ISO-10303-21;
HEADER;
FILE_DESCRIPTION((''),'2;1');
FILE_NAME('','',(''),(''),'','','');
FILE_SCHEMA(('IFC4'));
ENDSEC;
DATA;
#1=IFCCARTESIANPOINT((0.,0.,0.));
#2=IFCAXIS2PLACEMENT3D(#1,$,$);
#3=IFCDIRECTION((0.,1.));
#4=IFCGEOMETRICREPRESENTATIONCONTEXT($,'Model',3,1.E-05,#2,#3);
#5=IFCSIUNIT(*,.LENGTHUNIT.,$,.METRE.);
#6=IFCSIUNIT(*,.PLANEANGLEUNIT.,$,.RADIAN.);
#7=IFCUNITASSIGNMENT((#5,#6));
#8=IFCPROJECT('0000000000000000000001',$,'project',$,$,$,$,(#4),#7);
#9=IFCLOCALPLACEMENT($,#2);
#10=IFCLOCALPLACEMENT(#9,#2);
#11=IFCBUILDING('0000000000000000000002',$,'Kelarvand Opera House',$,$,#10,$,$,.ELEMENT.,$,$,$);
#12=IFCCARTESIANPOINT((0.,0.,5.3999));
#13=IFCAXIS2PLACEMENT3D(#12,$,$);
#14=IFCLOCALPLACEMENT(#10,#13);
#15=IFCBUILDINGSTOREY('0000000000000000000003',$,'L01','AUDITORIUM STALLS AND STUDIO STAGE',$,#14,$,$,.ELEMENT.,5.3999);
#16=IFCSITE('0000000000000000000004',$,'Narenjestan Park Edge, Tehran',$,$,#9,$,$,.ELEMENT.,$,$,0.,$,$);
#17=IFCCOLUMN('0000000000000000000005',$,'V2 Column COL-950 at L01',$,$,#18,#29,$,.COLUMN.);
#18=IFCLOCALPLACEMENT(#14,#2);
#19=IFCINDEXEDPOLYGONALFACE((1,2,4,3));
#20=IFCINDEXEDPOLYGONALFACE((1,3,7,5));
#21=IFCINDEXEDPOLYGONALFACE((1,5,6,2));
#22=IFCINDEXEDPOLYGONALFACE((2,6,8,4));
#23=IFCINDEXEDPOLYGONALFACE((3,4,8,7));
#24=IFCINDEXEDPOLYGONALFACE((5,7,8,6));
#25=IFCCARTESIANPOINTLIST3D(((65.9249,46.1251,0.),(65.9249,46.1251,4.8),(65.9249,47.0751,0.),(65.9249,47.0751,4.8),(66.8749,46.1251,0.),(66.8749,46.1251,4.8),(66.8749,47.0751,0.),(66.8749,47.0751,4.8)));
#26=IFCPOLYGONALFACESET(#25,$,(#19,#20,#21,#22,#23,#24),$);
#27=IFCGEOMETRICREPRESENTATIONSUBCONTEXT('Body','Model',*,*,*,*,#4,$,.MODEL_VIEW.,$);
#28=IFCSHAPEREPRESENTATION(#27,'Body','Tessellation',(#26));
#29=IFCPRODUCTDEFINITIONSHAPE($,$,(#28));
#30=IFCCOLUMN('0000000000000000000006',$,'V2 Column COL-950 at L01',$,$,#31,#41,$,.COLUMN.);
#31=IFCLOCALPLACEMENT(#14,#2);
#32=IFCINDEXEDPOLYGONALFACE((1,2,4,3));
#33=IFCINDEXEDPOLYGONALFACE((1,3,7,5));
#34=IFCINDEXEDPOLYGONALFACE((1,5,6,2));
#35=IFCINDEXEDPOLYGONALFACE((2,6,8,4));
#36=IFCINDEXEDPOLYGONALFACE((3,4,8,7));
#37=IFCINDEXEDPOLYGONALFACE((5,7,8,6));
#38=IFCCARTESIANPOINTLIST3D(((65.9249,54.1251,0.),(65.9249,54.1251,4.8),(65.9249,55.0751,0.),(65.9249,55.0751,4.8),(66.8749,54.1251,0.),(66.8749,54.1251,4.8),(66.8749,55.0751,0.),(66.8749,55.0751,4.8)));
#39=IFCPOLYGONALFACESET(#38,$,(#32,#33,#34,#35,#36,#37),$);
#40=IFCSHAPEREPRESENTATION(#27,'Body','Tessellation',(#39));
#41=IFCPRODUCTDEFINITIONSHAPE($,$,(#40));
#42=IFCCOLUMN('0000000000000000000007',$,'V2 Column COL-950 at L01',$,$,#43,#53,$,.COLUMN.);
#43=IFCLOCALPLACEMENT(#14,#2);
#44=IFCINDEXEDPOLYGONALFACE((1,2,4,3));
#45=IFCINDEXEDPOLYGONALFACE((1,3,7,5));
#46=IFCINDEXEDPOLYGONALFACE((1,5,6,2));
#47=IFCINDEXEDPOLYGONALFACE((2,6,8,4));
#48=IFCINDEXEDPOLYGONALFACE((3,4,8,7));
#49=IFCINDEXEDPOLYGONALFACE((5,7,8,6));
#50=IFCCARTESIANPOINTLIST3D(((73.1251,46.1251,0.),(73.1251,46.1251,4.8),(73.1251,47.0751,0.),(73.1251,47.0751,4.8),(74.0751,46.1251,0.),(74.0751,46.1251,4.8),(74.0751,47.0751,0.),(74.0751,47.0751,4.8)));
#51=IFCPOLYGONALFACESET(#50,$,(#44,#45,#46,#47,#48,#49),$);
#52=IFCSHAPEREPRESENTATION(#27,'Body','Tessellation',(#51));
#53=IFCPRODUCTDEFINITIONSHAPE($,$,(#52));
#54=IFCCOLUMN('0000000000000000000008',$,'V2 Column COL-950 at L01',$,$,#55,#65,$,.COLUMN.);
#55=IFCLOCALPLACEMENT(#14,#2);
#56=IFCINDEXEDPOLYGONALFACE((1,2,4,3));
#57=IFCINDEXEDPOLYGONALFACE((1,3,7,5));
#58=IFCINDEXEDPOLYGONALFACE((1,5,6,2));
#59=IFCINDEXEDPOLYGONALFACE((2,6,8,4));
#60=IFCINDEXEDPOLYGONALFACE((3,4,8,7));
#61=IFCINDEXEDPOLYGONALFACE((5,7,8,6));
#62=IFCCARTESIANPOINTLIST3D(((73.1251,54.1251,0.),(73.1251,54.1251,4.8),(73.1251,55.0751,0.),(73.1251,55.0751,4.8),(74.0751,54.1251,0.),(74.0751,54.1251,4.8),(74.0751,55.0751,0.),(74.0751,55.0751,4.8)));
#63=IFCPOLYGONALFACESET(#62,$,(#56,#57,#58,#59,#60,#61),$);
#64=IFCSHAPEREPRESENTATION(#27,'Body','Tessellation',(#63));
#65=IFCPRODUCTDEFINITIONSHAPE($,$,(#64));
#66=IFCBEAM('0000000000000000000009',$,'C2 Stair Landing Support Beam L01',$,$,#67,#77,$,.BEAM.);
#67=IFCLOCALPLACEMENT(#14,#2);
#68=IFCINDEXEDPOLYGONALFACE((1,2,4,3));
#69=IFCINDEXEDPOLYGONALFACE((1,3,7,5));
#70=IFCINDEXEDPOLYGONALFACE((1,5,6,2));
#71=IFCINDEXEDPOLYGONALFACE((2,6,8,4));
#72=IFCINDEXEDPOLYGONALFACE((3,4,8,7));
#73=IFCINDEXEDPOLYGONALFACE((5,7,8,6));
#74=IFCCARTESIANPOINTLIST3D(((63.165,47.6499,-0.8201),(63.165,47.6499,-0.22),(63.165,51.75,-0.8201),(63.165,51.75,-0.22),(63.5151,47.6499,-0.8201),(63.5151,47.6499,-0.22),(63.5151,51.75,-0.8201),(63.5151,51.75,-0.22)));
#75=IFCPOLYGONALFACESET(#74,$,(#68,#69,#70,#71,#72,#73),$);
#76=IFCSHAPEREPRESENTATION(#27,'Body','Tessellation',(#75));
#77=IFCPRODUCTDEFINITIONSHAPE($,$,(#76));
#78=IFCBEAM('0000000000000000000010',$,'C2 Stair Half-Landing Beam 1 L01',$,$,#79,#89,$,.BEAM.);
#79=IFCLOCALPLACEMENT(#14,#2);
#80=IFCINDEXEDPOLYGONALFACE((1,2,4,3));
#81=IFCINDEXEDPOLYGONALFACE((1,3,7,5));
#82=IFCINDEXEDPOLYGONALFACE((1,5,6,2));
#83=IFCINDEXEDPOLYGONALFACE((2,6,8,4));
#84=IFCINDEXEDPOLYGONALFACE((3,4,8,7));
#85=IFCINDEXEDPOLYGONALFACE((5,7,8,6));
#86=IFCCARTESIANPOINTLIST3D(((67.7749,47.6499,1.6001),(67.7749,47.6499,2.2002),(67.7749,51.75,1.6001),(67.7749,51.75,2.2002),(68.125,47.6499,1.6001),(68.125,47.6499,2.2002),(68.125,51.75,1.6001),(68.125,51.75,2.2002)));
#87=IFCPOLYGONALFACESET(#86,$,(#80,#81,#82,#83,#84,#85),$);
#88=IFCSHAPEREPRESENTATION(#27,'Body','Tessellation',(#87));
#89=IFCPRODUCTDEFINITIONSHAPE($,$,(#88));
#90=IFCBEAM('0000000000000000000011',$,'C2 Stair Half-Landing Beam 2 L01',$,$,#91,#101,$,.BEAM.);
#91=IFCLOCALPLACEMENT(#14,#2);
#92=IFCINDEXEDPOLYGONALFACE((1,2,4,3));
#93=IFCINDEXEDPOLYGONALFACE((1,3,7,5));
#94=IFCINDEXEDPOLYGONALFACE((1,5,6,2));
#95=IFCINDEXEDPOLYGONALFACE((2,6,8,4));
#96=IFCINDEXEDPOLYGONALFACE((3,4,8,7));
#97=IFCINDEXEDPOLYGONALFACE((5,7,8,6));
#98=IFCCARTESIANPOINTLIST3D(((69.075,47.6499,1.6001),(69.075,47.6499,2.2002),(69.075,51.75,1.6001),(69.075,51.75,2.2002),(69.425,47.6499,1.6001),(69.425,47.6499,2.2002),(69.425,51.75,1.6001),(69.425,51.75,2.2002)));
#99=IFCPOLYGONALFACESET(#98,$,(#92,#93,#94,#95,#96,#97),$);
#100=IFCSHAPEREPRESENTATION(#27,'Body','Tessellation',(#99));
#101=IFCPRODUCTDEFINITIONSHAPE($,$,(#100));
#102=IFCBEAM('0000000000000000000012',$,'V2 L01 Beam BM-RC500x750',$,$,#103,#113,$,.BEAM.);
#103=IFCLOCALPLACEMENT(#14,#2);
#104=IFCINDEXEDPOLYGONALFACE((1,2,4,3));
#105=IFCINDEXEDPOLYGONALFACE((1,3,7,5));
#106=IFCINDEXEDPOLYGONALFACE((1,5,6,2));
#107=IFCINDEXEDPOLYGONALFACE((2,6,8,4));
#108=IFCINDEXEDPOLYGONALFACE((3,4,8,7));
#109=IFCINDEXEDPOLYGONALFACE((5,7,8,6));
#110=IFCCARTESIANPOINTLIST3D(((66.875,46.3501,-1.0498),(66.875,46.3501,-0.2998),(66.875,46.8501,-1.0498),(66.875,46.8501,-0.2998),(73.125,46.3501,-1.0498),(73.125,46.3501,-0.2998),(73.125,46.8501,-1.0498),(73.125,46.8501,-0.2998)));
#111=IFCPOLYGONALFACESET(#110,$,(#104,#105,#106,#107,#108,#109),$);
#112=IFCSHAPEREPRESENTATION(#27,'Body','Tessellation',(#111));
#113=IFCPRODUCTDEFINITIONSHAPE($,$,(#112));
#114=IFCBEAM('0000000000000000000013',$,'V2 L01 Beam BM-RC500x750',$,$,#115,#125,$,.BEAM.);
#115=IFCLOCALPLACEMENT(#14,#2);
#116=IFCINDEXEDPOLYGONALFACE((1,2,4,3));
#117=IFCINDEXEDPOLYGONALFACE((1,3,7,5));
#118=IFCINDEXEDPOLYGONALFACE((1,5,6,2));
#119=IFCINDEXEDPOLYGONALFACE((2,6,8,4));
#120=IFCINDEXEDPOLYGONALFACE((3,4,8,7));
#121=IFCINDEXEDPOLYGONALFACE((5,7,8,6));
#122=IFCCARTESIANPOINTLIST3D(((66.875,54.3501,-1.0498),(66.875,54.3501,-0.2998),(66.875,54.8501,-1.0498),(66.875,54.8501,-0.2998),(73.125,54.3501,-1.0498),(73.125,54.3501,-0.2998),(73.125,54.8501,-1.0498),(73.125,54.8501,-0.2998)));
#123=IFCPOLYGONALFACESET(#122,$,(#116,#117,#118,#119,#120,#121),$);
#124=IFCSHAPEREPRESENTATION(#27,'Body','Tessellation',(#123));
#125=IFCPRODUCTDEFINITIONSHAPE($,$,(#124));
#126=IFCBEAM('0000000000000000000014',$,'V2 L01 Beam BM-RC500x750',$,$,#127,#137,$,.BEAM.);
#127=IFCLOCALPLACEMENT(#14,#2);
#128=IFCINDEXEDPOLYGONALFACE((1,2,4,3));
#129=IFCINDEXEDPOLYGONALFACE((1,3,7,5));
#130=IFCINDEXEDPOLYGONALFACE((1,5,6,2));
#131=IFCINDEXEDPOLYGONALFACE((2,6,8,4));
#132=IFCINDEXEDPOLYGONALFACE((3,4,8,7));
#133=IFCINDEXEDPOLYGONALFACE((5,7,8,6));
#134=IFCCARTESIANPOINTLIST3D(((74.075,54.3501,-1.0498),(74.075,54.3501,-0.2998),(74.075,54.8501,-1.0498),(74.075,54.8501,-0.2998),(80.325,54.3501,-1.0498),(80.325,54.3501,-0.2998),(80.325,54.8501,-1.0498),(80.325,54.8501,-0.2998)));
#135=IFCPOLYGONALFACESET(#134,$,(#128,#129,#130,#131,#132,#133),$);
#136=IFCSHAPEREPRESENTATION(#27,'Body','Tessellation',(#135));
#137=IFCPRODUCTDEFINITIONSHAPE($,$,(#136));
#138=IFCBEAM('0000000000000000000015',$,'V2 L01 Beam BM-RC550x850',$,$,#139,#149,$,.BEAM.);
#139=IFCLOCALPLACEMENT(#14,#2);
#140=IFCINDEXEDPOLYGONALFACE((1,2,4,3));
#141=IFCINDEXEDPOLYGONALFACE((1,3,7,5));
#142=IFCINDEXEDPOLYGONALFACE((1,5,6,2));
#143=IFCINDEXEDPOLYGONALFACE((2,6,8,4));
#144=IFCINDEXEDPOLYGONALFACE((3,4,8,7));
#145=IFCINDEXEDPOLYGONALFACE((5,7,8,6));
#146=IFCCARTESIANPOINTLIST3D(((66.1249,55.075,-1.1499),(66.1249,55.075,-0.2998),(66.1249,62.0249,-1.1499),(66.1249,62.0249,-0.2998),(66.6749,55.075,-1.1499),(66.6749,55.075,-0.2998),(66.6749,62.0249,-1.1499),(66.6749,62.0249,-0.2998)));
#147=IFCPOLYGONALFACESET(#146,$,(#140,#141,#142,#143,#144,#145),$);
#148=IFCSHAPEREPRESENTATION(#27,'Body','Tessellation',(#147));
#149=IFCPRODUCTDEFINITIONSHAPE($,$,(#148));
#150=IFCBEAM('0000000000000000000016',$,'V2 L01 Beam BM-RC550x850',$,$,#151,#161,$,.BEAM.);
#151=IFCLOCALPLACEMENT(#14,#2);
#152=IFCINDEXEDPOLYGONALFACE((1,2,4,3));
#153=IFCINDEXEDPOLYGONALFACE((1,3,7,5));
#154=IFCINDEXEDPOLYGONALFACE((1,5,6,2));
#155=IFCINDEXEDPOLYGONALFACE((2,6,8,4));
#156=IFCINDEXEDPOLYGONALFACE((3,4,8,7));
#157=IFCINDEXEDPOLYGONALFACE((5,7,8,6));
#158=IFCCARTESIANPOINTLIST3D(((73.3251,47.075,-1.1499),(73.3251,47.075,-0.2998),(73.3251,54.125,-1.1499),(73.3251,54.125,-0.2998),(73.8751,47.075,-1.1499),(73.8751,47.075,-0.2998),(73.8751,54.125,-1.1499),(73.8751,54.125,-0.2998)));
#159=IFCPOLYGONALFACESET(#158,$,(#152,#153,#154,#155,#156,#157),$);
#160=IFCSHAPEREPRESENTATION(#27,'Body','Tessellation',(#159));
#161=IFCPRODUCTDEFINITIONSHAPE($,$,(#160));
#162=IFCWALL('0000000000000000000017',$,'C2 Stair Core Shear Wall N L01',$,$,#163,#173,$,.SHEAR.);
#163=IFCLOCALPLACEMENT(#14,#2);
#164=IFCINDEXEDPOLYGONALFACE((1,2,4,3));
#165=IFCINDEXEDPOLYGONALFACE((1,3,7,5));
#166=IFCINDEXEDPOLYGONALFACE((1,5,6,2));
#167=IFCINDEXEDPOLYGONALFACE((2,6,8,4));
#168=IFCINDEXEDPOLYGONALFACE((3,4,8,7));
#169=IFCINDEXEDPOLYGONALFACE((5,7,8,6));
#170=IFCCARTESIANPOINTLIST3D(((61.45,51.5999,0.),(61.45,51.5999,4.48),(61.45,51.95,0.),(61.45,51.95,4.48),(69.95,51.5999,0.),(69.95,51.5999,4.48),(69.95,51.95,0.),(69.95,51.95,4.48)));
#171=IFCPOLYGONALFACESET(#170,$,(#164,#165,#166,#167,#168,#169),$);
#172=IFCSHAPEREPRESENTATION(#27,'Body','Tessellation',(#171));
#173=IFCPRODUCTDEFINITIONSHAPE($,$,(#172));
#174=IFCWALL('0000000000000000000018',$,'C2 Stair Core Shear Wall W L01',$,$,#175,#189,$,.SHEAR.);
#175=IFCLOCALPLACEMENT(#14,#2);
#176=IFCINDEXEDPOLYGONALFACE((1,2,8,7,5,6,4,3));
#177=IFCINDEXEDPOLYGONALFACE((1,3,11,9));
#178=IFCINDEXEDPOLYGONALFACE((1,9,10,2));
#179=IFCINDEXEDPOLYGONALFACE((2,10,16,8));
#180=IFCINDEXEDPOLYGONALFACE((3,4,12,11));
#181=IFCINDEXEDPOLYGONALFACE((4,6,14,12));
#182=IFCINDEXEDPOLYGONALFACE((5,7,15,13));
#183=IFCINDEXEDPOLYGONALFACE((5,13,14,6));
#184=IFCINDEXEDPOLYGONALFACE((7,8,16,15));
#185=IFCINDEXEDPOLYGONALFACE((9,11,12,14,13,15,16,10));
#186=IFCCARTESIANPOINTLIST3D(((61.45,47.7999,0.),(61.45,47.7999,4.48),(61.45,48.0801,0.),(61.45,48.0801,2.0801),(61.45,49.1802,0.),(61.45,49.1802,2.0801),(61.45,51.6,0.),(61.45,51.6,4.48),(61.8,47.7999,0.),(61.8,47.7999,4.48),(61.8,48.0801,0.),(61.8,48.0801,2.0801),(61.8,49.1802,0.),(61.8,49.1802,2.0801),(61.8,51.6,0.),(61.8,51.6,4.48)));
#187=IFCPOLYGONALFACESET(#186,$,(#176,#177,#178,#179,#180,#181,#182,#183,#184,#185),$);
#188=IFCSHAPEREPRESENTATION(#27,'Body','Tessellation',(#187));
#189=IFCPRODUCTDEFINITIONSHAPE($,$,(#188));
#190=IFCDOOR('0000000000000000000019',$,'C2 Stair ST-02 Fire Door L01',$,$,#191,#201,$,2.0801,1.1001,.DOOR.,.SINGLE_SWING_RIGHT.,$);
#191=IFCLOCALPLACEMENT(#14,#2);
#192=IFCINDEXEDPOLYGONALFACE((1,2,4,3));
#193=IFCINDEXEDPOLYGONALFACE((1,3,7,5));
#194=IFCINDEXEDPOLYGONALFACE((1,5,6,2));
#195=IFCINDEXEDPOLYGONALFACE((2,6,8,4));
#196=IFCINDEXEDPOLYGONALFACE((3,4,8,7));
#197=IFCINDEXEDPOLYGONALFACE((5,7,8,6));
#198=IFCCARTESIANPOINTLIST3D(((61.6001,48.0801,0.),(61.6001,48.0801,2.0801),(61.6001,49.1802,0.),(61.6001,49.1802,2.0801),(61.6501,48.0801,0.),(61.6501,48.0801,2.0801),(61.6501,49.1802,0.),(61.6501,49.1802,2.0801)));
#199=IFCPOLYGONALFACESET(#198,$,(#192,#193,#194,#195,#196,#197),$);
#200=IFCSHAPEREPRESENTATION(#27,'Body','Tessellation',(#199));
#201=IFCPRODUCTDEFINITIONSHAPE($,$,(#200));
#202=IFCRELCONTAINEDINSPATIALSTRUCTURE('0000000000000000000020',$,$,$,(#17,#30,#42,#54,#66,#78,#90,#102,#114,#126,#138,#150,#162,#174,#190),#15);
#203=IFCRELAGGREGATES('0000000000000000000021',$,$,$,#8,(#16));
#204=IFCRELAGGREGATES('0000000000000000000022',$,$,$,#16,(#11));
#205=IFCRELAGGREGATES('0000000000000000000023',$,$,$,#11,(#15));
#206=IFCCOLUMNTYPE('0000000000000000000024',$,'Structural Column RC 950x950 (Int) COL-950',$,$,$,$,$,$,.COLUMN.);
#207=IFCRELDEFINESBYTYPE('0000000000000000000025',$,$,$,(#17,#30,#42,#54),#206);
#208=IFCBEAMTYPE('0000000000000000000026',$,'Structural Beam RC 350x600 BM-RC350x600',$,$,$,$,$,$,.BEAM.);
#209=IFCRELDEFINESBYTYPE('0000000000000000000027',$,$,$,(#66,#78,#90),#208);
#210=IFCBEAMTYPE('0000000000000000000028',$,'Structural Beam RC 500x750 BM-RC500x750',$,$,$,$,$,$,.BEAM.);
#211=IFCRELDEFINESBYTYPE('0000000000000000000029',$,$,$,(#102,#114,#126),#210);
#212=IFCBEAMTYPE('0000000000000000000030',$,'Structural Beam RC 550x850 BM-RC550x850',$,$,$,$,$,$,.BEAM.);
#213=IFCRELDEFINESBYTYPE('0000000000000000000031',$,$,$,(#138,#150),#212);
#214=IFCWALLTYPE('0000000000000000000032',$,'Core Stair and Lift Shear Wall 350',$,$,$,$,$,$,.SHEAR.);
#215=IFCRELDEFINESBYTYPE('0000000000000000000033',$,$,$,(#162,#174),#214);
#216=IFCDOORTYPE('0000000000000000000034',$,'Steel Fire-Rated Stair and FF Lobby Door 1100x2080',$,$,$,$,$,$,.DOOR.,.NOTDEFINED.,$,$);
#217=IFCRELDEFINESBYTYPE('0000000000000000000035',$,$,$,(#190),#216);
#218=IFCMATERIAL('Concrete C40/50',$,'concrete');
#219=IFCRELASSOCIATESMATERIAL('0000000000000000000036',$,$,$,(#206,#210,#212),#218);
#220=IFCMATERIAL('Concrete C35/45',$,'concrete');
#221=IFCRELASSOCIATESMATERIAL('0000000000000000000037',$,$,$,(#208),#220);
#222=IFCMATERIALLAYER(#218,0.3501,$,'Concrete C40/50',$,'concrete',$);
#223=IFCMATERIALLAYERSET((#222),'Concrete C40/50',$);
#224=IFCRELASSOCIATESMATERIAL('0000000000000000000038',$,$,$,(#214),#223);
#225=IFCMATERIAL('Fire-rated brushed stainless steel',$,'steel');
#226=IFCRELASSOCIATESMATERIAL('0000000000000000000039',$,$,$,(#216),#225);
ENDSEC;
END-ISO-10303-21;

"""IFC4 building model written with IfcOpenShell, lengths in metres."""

from ifc_helpers import new_model, si_unit, direction, frame, frame_2d, origin, origin_2d, place, context, subcontext, project, spatial, rectangle, extrude, material, layer, layer_set, material_profile, profile_set, type_object, element, fill, save


model = new_model("IFC4")

# Units and contexts
model_context = context("Model", 3, precision=1e-05, world=origin(), true_north=direction((0.0, 1.0)))
body_context = subcontext(model_context, "Body", "Model", "MODEL_VIEW")
ifc_project = project(units=[si_unit("LENGTHUNIT", "METRE"), si_unit("PLANEANGLEUNIT", "RADIAN")], contexts=[model_context])

# Site, building, storey
site_placement = place(None, origin())
site = spatial("IfcSite", under=ifc_project, at=site_placement, Name="Narenjestan Park Edge, Tehran", CompositionType="ELEMENT", RefElevation=0.0)
building_placement = place(site_placement, origin())
building = spatial("IfcBuilding", under=site, at=building_placement, Name="Kelarvand Opera House", CompositionType="ELEMENT")
storey_placement = place(building_placement, frame((0.0, 0.0, 5.3999)))
storey = spatial("IfcBuildingStorey", under=building, at=storey_placement, Name="L01", Description="AUDITORIUM STALLS AND STUDIO STAGE", CompositionType="ELEMENT", Elevation=5.3999)

# Columns
ifc_material_1 = material(Name="Concrete C40/50", Category="concrete")
ifc_material_profile_1 = material_profile(ifc_material_1, rectangle(XDim=0.95, YDim=0.95, at=origin_2d()), Name="RC 950x950", Category="concrete")
ifc_profile_set_1 = profile_set([ifc_material_profile_1], Name="Concrete C40/50")
column_type = type_object("IfcColumnType", Name="Structural Column RC 950x950 (Int) COL-950", PredefinedType="COLUMN", material=ifc_profile_set_1)
for number, where, z_axis, x_axis, name in (
    (1, (66.3999, 46.6001, 0.0), (0.0, 0.0, 1.0), (1.0, 0.0, 0.0), "V2 Column COL-950 at L01"),
    (2, (66.3999, 54.6001, 0.0), (0.0, 0.0, 1.0), (1.0, 0.0, 0.0), "V2 Column COL-950 at L01"),
    (3, (73.6001, 46.6001, 0.0), (0.0, 0.0, 1.0), (1.0, 0.0, 0.0), "V2 Column COL-950 at L01"),
    (4, (73.6001, 54.6001, 0.0), (0.0, 0.0, 1.0), (1.0, 0.0, 0.0), "V2 Column COL-950 at L01"),
):
    element("IfcColumn", number, at=place(storey_placement, frame(where, z_axis=z_axis, x_axis=x_axis)), inside=storey, type_object=column_type, Name=name, PredefinedType="COLUMN", context=body_context, shape_type="SweptSolid", body=[
        extrude(rectangle(XDim=0.95, YDim=0.95, at=origin_2d()), origin(), (0.0, 0.0, 1.0), 4.8),
    ])

# Beams
ifc_material_2 = material(Name="Concrete C35/45", Category="concrete")
ifc_material_profile_2 = material_profile(ifc_material_2, rectangle(XDim=0.3501, YDim=0.6001, at=origin_2d()), Name="RC 350x600", Category="concrete")
ifc_profile_set_2 = profile_set([ifc_material_profile_2], Name="Concrete C35/45")
beam_type_1 = type_object("IfcBeamType", Name="Structural Beam RC 350x600 BM-RC350x600", PredefinedType="BEAM", material=ifc_profile_set_2)
for number, where, z_axis, x_axis, name in (
    (5, (63.3401, 47.6499, -0.52), (0.0, 1.0, 0.0), (-1.0, 0.0, 0.0), "C2 Stair Landing Support Beam L01"),
    (6, (67.95, 47.6499, 1.9001), (0.0, 1.0, 0.0), (-1.0, 0.0, 0.0), "C2 Stair Half-Landing Beam 1 L01"),
    (7, (69.25, 47.6499, 1.9001), (0.0, 1.0, 0.0), (-1.0, 0.0, 0.0), "C2 Stair Half-Landing Beam 2 L01"),
):
    element("IfcBeam", number, at=place(storey_placement, frame(where, z_axis=z_axis, x_axis=x_axis)), inside=storey, type_object=beam_type_1, Name=name, PredefinedType="BEAM", context=body_context, shape_type="SweptSolid", body=[
        extrude(rectangle(XDim=0.3501, YDim=0.6001, at=origin_2d()), origin(), (0.0, 0.0, 1.0), 4.1001),
    ])
ifc_material_profile_3 = material_profile(ifc_material_1, rectangle(XDim=0.5, YDim=0.75, at=origin_2d()), Name="RC 500x750", Category="concrete")
ifc_profile_set_3 = profile_set([ifc_material_profile_3], Name="Concrete C40/50")
beam_type_2 = type_object("IfcBeamType", Name="Structural Beam RC 500x750 BM-RC500x750", PredefinedType="BEAM", material=ifc_profile_set_3)
for number, where, z_axis, x_axis, name in (
    (8, (66.875, 46.6001, -0.6748), (1.0, 0.0, 0.0), (0.0, 1.0, 0.0), "V2 L01 Beam BM-RC500x750"),
    (9, (66.875, 54.6001, -0.6748), (1.0, 0.0, 0.0), (0.0, 1.0, 0.0), "V2 L01 Beam BM-RC500x750"),
    (10, (74.075, 54.6001, -0.6748), (1.0, 0.0, 0.0), (0.0, 1.0, 0.0), "V2 L01 Beam BM-RC500x750"),
):
    element("IfcBeam", number, at=place(storey_placement, frame(where, z_axis=z_axis, x_axis=x_axis)), inside=storey, type_object=beam_type_2, Name=name, PredefinedType="BEAM", context=body_context, shape_type="SweptSolid", body=[
        extrude(rectangle(XDim=0.5, YDim=0.75, at=origin_2d()), origin(), (0.0, 0.0, 1.0), 6.25),
    ])
ifc_material_profile_4 = material_profile(ifc_material_1, rectangle(XDim=0.55, YDim=0.8501, at=origin_2d()), Name="RC 550x850", Category="concrete")
ifc_profile_set_4 = profile_set([ifc_material_profile_4], Name="Concrete C40/50")
beam_type_3 = type_object("IfcBeamType", Name="Structural Beam RC 550x850 BM-RC550x850", PredefinedType="BEAM", material=ifc_profile_set_4)
beam_1_placement = place(storey_placement, frame((66.3999, 55.075, -0.7249), z_axis=(0.0, 1.0, 0.0), x_axis=(-1.0, 0.0, 0.0)))
element("IfcBeam", 11, at=beam_1_placement, inside=storey, type_object=beam_type_3, Name="V2 L01 Beam BM-RC550x850", PredefinedType="BEAM", context=body_context, shape_type="SweptSolid", body=[
    extrude(rectangle(XDim=0.55, YDim=0.8501, at=origin_2d()), origin(), (0.0, 0.0, 1.0), 6.95),
])
beam_2_placement = place(storey_placement, frame((73.6001, 47.075, -0.7249), z_axis=(0.0, 1.0, 0.0), x_axis=(-1.0, 0.0, 0.0)))
element("IfcBeam", 12, at=beam_2_placement, inside=storey, type_object=beam_type_3, Name="V2 L01 Beam BM-RC550x850", PredefinedType="BEAM", context=body_context, shape_type="SweptSolid", body=[
    extrude(rectangle(XDim=0.55, YDim=0.8501, at=origin_2d()), origin(), (0.0, 0.0, 1.0), 7.05),
])

# Wall
ifc_layer_1 = layer(ifc_material_1, 0.3501, Name="Concrete C40/50", Category="concrete")
ifc_layer_set_1 = layer_set([ifc_layer_1], Name="Concrete C40/50")
wall_type_1 = type_object("IfcWallType", Name="Core Stair and Lift Shear Wall 350", PredefinedType="SHEAR", material=ifc_layer_set_1)
wall_1_placement = place(storey_placement, frame((69.95, 51.7749, 0.0), z_axis=(0.0, 0.0, 1.0), x_axis=(-1.0, 0.0, 0.0)))
element("IfcWall", 13, at=wall_1_placement, inside=storey, type_object=wall_type_1, Name="C2 Stair Core Shear Wall N L01", PredefinedType="SHEAR", context=body_context, shape_type="SweptSolid", body=[
    extrude(rectangle(XDim=8.5, YDim=0.3501, at=frame_2d((4.25, 0.0))), origin(), (0.0, 0.0, 1.0), 4.48),
])

# Wall, opening, door
wall_2_placement = place(storey_placement, frame((61.625, 47.8, 0.0), z_axis=(0.0, 0.0, 1.0), x_axis=(0.0, 1.0, 0.0)))
wall_2 = element("IfcWall", 14, at=wall_2_placement, inside=storey, type_object=wall_type_1, Name="C2 Stair Core Shear Wall W L01", PredefinedType="SHEAR", context=body_context, shape_type="SweptSolid", body=[
    extrude(rectangle(XDim=3.8, YDim=0.3501, at=frame_2d((1.8999, 0.0))), origin(), (0.0, 0.0, 1.0), 4.48),
])
opening_1_placement = place(wall_2_placement, frame((0.28, 0.0, 0.0)))
opening_1 = element("IfcOpeningElement", 15, at=opening_1_placement, cuts=wall_2, PredefinedType="OPENING", context=body_context, shape_type="SweptSolid", body=[
    extrude(rectangle(XDim=1.1001, YDim=2.0801, at=frame_2d((0.55, 1.04))), frame((0.0, 0.1851, 0.0), z_axis=(0.0, -1.0, 0.0), x_axis=(1.0, 0.0, 0.0)), (0.0, 0.0, 1.0), 0.3701),
])
ifc_material_3 = material(Name="Fire-rated brushed stainless steel", Category="steel")
door_type_1 = type_object("IfcDoorType", Name="Steel Fire-Rated Stair and FF Lobby Door 1100x2080", OperationType="NOTDEFINED", PredefinedType="DOOR", material=ifc_material_3)
door_1_placement = place(opening_1_placement, origin())
door_1 = element("IfcDoor", 16, at=door_1_placement, inside=storey, type_object=door_type_1, Name="C2 Stair ST-02 Fire Door L01", OperationType="SINGLE_SWING_RIGHT", OverallHeight=2.0801, OverallWidth=1.1001, PredefinedType="DOOR", context=body_context, shape_type="SweptSolid", body=[
    extrude(rectangle(XDim=1.1001, YDim=2.0801, at=frame_2d((0.55, 1.04))), frame((0.0, 0.0249, 0.0), z_axis=(0.0, -1.0, 0.0), x_axis=(1.0, 0.0, 0.0)), (0.0, 0.0, 1.0), 0.05),
])
fill(opening_1, door_1)

save(model, "model.ifc")
